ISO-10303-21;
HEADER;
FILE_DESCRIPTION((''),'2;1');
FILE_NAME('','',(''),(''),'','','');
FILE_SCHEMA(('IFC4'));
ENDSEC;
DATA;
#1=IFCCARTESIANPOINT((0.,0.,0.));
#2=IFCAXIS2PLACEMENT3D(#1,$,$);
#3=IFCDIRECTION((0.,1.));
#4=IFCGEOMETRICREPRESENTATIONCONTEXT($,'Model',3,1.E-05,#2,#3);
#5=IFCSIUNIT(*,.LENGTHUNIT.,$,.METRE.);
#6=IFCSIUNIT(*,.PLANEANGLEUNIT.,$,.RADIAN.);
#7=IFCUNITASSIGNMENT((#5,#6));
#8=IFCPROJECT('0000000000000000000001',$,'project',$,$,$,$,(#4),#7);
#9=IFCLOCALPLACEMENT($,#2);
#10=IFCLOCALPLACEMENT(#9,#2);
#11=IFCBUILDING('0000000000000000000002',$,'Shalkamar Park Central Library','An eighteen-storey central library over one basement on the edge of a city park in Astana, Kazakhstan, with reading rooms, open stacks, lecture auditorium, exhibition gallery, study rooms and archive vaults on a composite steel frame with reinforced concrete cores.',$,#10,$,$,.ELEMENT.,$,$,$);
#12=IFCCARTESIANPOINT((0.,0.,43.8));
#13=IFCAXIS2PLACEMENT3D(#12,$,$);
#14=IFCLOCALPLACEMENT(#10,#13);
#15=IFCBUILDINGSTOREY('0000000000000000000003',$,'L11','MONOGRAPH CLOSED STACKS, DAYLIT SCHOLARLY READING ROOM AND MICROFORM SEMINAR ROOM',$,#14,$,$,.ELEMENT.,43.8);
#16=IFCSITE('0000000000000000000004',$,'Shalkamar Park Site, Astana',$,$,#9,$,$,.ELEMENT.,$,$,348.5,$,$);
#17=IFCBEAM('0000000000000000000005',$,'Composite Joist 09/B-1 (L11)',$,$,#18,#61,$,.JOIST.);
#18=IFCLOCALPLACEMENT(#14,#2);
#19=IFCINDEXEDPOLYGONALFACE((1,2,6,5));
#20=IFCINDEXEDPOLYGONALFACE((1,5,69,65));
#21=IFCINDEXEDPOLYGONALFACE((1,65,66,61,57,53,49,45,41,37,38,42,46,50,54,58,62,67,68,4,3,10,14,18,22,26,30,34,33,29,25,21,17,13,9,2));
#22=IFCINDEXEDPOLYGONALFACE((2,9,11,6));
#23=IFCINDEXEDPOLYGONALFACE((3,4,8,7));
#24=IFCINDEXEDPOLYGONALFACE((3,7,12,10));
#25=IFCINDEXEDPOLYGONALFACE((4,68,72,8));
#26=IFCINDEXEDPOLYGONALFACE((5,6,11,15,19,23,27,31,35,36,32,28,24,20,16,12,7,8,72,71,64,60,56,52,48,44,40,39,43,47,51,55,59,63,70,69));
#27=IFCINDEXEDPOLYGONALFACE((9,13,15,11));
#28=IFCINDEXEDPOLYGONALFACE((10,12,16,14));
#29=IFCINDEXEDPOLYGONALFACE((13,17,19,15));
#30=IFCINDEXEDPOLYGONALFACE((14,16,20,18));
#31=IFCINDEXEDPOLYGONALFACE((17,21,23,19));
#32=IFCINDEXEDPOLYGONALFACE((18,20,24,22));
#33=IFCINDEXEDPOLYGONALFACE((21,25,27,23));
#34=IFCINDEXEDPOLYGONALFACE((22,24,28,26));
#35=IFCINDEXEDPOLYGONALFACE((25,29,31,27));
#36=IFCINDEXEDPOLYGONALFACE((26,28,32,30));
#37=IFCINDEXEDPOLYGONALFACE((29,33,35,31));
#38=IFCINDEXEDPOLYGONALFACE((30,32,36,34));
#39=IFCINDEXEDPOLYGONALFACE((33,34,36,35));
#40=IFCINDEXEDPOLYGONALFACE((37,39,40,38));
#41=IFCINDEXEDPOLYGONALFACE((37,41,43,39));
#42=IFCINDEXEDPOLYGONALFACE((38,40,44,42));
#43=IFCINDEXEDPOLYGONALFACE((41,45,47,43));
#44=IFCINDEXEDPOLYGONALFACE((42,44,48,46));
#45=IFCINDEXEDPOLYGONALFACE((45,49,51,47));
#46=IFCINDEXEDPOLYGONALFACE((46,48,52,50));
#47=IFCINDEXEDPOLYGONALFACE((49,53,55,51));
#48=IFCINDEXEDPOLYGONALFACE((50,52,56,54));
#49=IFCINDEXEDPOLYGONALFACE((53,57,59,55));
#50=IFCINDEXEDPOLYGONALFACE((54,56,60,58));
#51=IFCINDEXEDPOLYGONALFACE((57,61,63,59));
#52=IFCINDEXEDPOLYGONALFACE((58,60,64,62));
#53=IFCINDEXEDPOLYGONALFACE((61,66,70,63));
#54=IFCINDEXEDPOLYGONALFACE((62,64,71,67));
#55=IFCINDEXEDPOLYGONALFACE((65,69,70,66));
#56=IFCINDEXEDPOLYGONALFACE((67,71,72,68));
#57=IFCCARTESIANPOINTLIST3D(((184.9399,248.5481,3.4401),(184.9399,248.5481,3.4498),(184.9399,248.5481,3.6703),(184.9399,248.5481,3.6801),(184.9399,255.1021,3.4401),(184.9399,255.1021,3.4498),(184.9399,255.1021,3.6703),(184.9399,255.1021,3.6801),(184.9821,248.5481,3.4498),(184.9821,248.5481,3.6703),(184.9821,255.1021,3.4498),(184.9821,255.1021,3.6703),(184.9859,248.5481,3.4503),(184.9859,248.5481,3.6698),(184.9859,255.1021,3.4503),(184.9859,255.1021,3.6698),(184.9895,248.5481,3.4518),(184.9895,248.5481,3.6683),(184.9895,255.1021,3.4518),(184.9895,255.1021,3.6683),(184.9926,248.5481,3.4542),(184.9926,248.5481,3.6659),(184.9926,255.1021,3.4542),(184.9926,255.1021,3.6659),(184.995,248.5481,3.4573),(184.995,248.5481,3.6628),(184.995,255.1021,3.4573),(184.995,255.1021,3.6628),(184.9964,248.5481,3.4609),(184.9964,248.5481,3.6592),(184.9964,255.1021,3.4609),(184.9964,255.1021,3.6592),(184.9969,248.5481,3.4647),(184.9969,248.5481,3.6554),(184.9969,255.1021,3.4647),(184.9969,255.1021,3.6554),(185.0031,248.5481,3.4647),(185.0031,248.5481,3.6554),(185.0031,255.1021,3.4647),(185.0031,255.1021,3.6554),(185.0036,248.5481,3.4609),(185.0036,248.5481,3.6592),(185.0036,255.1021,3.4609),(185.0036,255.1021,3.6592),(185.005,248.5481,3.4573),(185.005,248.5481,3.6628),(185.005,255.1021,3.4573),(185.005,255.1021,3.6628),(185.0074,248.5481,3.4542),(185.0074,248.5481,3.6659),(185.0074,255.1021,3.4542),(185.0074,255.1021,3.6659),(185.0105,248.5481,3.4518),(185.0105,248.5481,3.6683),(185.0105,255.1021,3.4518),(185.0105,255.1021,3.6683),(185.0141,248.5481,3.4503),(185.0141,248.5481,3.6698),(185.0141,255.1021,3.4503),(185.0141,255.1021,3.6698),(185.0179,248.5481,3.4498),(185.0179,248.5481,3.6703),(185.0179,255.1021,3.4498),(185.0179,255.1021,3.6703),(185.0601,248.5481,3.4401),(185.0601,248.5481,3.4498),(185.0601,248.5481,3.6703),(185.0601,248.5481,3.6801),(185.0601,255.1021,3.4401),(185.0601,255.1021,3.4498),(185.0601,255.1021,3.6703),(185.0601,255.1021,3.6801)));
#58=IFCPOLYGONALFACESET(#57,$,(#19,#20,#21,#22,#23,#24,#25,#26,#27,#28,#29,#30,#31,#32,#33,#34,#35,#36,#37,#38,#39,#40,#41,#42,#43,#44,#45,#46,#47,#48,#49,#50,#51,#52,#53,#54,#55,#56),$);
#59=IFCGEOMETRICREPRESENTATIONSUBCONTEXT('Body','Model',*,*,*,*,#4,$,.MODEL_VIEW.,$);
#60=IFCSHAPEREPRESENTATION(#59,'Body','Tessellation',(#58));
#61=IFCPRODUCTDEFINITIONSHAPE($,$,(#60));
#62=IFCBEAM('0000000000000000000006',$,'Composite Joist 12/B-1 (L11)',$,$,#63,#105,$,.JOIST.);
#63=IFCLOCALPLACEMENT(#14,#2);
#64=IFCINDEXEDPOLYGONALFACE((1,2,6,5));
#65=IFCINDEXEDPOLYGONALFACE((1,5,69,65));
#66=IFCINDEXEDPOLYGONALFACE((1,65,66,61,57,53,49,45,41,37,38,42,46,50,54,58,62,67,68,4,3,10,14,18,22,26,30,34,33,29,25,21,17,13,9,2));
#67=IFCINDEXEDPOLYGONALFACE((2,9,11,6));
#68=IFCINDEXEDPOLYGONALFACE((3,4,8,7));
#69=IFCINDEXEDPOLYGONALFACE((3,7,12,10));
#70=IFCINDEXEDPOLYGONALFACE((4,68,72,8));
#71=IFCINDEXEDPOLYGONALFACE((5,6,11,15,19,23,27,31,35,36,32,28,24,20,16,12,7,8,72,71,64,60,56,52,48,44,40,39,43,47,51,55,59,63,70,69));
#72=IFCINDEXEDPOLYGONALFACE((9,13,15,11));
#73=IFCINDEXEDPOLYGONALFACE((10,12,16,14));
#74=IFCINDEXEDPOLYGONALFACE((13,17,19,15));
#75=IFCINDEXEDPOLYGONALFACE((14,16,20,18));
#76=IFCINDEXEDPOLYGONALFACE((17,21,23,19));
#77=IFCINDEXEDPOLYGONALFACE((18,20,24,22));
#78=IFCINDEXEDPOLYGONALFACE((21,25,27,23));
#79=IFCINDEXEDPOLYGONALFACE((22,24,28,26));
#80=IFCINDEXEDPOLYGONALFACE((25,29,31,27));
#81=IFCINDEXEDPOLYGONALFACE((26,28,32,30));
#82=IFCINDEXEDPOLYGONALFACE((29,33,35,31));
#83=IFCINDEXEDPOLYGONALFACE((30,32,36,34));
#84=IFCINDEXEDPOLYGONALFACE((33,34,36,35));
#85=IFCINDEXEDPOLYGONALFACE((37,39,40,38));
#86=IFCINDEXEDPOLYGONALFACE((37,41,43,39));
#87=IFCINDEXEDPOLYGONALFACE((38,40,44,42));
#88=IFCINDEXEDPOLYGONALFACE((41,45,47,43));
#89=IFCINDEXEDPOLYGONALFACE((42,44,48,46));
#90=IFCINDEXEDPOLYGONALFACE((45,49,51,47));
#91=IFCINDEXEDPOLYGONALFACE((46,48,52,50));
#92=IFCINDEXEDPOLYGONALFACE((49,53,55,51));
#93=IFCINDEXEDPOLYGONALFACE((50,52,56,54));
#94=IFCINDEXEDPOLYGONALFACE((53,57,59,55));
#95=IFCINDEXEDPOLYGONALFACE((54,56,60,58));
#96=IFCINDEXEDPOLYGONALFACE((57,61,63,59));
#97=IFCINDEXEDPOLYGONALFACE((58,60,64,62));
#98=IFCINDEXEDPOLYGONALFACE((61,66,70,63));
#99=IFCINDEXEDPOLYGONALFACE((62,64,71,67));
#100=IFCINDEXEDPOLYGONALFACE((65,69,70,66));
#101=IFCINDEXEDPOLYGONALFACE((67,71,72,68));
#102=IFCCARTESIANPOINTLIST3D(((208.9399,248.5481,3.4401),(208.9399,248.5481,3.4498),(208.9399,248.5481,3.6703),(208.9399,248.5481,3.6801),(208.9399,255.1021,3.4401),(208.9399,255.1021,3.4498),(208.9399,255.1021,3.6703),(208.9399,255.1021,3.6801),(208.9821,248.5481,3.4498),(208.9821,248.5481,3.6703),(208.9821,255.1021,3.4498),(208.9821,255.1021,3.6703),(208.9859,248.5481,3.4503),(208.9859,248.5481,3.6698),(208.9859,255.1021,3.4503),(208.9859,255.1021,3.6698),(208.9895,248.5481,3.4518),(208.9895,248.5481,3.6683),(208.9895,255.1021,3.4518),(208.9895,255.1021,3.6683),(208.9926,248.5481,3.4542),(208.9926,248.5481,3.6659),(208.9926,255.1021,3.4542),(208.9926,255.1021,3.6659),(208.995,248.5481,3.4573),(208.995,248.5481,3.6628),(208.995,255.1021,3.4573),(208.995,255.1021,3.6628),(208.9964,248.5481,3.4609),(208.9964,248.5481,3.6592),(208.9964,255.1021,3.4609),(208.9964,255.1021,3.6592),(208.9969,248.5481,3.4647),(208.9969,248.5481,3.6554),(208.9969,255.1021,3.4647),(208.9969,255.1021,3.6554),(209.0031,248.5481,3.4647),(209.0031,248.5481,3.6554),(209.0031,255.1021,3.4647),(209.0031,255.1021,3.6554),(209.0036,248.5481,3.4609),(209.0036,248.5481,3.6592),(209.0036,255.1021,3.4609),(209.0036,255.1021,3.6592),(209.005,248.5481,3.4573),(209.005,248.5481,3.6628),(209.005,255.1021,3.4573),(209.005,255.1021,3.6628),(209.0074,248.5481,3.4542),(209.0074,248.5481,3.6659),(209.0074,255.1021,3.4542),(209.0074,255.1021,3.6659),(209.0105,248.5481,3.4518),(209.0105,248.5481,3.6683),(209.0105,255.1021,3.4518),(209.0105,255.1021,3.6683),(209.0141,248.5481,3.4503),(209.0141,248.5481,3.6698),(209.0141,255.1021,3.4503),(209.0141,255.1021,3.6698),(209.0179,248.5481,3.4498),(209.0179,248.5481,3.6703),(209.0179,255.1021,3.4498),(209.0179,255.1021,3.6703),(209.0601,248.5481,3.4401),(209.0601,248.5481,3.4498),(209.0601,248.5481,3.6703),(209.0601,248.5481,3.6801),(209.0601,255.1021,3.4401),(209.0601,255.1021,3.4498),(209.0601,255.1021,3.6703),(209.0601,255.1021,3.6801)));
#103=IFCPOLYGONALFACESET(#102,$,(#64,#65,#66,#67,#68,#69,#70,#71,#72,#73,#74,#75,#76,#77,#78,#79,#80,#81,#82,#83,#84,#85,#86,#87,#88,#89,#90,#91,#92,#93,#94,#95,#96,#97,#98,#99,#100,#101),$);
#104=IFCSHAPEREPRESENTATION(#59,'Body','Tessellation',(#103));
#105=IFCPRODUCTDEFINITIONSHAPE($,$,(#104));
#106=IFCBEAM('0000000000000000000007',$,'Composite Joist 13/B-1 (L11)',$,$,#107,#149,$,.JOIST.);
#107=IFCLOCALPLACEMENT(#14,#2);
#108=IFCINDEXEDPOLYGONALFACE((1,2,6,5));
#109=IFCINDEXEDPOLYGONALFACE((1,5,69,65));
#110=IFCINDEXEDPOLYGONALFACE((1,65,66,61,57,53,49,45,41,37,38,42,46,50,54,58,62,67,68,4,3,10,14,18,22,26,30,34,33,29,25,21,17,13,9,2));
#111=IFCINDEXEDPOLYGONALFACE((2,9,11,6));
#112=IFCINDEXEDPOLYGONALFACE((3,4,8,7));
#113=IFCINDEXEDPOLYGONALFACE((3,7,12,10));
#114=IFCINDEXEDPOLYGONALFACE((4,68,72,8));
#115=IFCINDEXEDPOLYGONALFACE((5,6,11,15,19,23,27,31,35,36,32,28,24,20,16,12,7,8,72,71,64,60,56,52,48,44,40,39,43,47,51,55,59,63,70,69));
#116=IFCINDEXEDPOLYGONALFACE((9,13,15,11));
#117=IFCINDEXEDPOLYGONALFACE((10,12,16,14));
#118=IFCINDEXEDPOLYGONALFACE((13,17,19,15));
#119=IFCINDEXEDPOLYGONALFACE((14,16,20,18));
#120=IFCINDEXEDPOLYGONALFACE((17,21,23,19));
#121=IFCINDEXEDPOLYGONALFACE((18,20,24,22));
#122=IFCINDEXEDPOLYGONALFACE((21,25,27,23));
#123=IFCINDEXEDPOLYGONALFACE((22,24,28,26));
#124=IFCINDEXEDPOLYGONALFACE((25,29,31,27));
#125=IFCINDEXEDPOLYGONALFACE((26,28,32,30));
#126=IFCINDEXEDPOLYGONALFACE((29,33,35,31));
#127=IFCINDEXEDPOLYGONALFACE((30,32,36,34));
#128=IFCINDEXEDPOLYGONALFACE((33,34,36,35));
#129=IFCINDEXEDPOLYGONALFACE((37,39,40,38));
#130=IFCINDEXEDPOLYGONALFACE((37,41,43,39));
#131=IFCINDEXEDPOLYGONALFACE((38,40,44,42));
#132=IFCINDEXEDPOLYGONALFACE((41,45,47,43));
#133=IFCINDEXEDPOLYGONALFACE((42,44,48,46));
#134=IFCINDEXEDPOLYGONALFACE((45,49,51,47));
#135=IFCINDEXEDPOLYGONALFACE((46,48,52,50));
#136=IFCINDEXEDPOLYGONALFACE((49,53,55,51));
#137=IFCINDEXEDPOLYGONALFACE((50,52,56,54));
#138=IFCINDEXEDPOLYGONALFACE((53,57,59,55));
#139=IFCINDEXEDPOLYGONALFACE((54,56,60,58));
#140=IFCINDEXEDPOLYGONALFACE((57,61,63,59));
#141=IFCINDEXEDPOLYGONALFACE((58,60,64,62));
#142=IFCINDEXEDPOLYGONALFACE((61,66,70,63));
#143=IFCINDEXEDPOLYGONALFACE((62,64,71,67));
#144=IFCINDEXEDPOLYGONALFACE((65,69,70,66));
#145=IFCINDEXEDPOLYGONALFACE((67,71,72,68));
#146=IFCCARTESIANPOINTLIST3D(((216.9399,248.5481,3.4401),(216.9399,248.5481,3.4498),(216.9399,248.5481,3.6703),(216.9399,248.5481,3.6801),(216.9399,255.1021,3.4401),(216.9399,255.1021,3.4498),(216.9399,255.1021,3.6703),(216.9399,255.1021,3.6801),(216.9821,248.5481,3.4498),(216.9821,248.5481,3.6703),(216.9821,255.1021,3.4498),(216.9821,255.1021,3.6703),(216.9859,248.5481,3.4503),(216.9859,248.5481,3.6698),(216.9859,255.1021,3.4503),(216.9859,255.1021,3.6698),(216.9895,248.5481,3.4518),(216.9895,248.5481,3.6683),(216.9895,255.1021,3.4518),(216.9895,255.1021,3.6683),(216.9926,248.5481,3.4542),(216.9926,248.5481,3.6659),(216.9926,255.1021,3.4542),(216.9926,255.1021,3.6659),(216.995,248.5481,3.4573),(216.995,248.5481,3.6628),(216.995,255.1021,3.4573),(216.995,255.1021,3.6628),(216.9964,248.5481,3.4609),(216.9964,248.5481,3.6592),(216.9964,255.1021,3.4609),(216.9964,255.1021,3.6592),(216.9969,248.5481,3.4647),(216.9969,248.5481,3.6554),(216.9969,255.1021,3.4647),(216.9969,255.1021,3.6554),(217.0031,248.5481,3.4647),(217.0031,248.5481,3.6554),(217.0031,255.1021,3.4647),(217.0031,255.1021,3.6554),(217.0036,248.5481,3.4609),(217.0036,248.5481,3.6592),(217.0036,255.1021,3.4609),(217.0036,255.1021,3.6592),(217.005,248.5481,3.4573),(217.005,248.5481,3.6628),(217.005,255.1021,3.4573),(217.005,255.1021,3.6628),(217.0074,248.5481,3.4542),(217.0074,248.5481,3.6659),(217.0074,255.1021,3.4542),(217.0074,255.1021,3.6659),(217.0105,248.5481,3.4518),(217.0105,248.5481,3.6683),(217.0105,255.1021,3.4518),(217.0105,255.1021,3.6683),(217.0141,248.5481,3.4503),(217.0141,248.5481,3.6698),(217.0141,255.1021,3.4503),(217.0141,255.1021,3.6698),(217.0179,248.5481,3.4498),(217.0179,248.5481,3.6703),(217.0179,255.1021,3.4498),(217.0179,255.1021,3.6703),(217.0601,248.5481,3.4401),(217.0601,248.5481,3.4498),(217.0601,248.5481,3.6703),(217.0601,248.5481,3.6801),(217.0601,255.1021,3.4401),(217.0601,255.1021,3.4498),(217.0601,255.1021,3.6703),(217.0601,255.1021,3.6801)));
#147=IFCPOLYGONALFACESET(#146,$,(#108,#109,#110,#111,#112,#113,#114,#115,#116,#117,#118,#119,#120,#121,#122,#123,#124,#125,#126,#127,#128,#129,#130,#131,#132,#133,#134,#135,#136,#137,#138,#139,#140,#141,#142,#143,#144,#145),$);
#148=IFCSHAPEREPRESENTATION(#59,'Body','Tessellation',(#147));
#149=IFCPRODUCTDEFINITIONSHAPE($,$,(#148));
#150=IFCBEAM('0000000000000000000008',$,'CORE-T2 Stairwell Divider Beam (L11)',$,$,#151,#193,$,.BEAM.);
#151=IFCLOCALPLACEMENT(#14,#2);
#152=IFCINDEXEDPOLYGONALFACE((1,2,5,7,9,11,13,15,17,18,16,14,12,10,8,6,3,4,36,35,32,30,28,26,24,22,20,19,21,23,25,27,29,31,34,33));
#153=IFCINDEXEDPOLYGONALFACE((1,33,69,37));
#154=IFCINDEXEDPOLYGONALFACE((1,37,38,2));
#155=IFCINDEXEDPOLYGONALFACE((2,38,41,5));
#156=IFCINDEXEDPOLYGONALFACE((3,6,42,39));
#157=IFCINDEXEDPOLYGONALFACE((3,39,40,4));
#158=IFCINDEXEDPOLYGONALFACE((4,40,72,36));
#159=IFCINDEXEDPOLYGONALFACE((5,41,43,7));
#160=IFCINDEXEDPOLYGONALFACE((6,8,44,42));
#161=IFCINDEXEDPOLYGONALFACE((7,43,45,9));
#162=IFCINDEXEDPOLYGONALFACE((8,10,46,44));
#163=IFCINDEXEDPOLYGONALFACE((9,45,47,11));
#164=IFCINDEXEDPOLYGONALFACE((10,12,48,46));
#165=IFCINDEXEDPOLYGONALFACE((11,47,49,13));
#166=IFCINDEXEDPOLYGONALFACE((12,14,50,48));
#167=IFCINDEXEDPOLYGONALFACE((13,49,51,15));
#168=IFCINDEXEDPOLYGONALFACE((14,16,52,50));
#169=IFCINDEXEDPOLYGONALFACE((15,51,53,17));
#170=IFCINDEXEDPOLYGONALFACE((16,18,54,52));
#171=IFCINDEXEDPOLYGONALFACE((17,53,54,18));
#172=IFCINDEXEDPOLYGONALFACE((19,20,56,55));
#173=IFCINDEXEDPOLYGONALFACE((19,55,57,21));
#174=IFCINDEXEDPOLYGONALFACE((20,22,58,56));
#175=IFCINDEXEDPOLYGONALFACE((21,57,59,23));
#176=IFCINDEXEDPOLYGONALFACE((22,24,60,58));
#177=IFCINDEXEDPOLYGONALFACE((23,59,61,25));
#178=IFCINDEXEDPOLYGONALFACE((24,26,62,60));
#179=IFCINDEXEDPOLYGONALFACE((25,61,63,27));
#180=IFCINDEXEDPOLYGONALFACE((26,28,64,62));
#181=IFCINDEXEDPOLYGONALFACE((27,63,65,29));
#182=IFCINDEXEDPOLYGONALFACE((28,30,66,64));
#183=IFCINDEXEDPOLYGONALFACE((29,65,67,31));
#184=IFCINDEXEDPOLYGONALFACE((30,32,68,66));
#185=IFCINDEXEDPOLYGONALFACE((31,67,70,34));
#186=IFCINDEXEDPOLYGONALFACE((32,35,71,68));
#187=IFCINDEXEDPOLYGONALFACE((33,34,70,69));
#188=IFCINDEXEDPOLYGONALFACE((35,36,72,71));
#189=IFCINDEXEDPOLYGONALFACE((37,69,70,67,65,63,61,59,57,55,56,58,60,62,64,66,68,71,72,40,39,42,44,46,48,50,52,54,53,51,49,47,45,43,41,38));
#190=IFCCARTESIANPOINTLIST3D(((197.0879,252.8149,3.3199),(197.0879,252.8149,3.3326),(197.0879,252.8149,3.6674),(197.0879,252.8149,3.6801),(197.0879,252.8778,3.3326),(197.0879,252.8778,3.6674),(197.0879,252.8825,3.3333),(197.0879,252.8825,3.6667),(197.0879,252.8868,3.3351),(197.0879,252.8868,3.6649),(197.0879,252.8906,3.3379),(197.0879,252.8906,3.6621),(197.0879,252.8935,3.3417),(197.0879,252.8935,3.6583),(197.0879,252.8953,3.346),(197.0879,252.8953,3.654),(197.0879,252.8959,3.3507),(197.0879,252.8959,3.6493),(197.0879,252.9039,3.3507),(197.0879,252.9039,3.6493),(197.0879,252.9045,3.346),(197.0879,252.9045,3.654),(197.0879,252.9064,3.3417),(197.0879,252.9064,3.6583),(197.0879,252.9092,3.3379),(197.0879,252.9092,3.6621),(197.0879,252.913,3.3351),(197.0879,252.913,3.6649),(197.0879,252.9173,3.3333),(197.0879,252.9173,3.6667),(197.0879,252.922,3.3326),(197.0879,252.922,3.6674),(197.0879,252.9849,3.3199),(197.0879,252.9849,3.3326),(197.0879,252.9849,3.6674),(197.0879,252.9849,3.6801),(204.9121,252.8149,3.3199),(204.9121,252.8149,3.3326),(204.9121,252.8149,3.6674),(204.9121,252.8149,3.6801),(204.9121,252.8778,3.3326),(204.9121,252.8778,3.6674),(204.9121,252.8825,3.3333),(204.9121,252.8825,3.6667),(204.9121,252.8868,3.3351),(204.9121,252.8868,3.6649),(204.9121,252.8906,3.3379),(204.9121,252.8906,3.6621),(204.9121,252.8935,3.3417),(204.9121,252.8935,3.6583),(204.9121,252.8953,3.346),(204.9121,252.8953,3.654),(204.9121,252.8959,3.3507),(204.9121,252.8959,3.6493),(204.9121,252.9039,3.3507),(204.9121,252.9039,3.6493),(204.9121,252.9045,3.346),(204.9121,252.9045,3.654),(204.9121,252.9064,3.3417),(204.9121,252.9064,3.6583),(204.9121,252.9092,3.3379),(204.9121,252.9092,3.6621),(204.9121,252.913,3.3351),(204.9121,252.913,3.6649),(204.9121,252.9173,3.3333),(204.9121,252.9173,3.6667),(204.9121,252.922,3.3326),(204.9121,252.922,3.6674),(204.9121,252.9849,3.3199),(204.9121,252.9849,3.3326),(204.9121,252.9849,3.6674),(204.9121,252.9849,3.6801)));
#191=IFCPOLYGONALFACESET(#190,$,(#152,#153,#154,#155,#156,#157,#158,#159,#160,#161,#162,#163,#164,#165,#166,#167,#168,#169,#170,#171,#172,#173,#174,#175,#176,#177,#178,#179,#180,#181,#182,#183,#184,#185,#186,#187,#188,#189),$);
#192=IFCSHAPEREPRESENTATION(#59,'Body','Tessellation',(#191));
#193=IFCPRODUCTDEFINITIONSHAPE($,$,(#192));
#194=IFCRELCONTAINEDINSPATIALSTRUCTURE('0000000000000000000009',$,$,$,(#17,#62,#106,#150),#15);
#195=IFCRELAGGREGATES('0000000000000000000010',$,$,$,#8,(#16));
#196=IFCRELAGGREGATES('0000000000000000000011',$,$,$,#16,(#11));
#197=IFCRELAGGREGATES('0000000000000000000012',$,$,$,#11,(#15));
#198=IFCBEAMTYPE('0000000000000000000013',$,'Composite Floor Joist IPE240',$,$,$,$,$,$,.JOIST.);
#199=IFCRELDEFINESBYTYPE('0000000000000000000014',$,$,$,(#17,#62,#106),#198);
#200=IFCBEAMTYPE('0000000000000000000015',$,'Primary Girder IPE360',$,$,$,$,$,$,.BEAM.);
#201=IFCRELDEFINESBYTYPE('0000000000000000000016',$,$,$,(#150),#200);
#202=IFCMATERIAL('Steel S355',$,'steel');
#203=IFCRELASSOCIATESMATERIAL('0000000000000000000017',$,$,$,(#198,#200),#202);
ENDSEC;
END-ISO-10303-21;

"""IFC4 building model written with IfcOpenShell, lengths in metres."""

from ifc_helpers import new_model, si_unit, direction, frame, origin, origin_2d, place, context, subcontext, project, spatial, i_section, extrude, material, material_profile, profile_set, type_object, element, save


model = new_model("IFC4")

# Units and contexts
model_context = context("Model", 3, precision=1e-05, world=origin(), true_north=direction((0.0, 1.0)))
body_context = subcontext(model_context, "Body", "Model", "MODEL_VIEW")
ifc_project = project(units=[si_unit("LENGTHUNIT", "METRE"), si_unit("PLANEANGLEUNIT", "RADIAN")], contexts=[model_context])

# Site, building, storey
site_placement = place(None, origin())
site = spatial("IfcSite", under=ifc_project, at=site_placement, Name="Shalkamar Park Site, Astana", CompositionType="ELEMENT", RefElevation=348.5)
building_placement = place(site_placement, origin())
building = spatial("IfcBuilding", under=site, at=building_placement, Name="Shalkamar Park Central Library", Description="An eighteen-storey central library over one basement on the edge of a city park in Astana, Kazakhstan, with reading rooms, open stacks, lecture auditorium, exhibition gallery, study rooms and archive vaults on a composite steel frame with reinforced concrete cores.", CompositionType="ELEMENT")
storey_placement = place(building_placement, frame((0.0, 0.0, 43.8)))
storey = spatial("IfcBuildingStorey", under=building, at=storey_placement, Name="L11", Description="MONOGRAPH CLOSED STACKS, DAYLIT SCHOLARLY READING ROOM AND MICROFORM SEMINAR ROOM", CompositionType="ELEMENT", Elevation=43.8)

# Shared definitions
ifc_material_1 = material(Name="Steel S355", Category="steel")

# Beams
ifc_material_profile_1 = material_profile(ifc_material_1, i_section(OverallWidth=0.1201, OverallDepth=0.24, WebThickness=0.0061, FlangeThickness=0.0098, FilletRadius=0.0149, at=origin_2d()), Name="IPE 240")
ifc_profile_set_1 = profile_set([ifc_material_profile_1], Name="Steel S355")
beam_type_1 = type_object("IfcBeamType", Name="Composite Floor Joist IPE240", PredefinedType="JOIST", material=ifc_profile_set_1)
for number, where, z_axis, x_axis, name in (
    (1, (185.0, 248.5481, 3.5601), (0.0, 1.0, 0.0), (-1.0, 0.0, 0.0), "Composite Joist 09/B-1 (L11)"),
    (2, (209.0, 248.5481, 3.5601), (0.0, 1.0, 0.0), (-1.0, 0.0, 0.0), "Composite Joist 12/B-1 (L11)"),
    (3, (217.0, 248.5481, 3.5601), (0.0, 1.0, 0.0), (-1.0, 0.0, 0.0), "Composite Joist 13/B-1 (L11)"),
):
    element("IfcBeam", number, at=place(storey_placement, frame(where, z_axis=z_axis, x_axis=x_axis)), inside=storey, type_object=beam_type_1, Name=name, PredefinedType="JOIST", context=body_context, shape_type="SweptSolid", body=[
        extrude(i_section(OverallWidth=0.1201, OverallDepth=0.24, WebThickness=0.0061, FlangeThickness=0.0098, FilletRadius=0.0149, at=origin_2d()), origin(), (0.0, 0.0, 1.0), 6.554),
    ])
ifc_material_profile_2 = material_profile(ifc_material_1, i_section(OverallWidth=0.1699, OverallDepth=0.3601, WebThickness=0.0081, FlangeThickness=0.0127, FilletRadius=0.0181, at=origin_2d()), Name="IPE 360")
ifc_profile_set_2 = profile_set([ifc_material_profile_2], Name="Steel S355")
beam_type_2 = type_object("IfcBeamType", Name="Primary Girder IPE360", PredefinedType="BEAM", material=ifc_profile_set_2)
beam_1_placement = place(storey_placement, frame((197.0879, 252.8999, 3.5), z_axis=(1.0, 0.0, 0.0), x_axis=(0.0, 1.0, 0.0)))
element("IfcBeam", 4, at=beam_1_placement, inside=storey, type_object=beam_type_2, Name="CORE-T2 Stairwell Divider Beam (L11)", PredefinedType="BEAM", context=body_context, shape_type="SweptSolid", body=[
    extrude(i_section(OverallWidth=0.1699, OverallDepth=0.3601, WebThickness=0.0081, FlangeThickness=0.0127, FilletRadius=0.0181, at=origin_2d()), origin(), (0.0, 0.0, 1.0), 7.8242),
])

save(model, "model.ifc")
